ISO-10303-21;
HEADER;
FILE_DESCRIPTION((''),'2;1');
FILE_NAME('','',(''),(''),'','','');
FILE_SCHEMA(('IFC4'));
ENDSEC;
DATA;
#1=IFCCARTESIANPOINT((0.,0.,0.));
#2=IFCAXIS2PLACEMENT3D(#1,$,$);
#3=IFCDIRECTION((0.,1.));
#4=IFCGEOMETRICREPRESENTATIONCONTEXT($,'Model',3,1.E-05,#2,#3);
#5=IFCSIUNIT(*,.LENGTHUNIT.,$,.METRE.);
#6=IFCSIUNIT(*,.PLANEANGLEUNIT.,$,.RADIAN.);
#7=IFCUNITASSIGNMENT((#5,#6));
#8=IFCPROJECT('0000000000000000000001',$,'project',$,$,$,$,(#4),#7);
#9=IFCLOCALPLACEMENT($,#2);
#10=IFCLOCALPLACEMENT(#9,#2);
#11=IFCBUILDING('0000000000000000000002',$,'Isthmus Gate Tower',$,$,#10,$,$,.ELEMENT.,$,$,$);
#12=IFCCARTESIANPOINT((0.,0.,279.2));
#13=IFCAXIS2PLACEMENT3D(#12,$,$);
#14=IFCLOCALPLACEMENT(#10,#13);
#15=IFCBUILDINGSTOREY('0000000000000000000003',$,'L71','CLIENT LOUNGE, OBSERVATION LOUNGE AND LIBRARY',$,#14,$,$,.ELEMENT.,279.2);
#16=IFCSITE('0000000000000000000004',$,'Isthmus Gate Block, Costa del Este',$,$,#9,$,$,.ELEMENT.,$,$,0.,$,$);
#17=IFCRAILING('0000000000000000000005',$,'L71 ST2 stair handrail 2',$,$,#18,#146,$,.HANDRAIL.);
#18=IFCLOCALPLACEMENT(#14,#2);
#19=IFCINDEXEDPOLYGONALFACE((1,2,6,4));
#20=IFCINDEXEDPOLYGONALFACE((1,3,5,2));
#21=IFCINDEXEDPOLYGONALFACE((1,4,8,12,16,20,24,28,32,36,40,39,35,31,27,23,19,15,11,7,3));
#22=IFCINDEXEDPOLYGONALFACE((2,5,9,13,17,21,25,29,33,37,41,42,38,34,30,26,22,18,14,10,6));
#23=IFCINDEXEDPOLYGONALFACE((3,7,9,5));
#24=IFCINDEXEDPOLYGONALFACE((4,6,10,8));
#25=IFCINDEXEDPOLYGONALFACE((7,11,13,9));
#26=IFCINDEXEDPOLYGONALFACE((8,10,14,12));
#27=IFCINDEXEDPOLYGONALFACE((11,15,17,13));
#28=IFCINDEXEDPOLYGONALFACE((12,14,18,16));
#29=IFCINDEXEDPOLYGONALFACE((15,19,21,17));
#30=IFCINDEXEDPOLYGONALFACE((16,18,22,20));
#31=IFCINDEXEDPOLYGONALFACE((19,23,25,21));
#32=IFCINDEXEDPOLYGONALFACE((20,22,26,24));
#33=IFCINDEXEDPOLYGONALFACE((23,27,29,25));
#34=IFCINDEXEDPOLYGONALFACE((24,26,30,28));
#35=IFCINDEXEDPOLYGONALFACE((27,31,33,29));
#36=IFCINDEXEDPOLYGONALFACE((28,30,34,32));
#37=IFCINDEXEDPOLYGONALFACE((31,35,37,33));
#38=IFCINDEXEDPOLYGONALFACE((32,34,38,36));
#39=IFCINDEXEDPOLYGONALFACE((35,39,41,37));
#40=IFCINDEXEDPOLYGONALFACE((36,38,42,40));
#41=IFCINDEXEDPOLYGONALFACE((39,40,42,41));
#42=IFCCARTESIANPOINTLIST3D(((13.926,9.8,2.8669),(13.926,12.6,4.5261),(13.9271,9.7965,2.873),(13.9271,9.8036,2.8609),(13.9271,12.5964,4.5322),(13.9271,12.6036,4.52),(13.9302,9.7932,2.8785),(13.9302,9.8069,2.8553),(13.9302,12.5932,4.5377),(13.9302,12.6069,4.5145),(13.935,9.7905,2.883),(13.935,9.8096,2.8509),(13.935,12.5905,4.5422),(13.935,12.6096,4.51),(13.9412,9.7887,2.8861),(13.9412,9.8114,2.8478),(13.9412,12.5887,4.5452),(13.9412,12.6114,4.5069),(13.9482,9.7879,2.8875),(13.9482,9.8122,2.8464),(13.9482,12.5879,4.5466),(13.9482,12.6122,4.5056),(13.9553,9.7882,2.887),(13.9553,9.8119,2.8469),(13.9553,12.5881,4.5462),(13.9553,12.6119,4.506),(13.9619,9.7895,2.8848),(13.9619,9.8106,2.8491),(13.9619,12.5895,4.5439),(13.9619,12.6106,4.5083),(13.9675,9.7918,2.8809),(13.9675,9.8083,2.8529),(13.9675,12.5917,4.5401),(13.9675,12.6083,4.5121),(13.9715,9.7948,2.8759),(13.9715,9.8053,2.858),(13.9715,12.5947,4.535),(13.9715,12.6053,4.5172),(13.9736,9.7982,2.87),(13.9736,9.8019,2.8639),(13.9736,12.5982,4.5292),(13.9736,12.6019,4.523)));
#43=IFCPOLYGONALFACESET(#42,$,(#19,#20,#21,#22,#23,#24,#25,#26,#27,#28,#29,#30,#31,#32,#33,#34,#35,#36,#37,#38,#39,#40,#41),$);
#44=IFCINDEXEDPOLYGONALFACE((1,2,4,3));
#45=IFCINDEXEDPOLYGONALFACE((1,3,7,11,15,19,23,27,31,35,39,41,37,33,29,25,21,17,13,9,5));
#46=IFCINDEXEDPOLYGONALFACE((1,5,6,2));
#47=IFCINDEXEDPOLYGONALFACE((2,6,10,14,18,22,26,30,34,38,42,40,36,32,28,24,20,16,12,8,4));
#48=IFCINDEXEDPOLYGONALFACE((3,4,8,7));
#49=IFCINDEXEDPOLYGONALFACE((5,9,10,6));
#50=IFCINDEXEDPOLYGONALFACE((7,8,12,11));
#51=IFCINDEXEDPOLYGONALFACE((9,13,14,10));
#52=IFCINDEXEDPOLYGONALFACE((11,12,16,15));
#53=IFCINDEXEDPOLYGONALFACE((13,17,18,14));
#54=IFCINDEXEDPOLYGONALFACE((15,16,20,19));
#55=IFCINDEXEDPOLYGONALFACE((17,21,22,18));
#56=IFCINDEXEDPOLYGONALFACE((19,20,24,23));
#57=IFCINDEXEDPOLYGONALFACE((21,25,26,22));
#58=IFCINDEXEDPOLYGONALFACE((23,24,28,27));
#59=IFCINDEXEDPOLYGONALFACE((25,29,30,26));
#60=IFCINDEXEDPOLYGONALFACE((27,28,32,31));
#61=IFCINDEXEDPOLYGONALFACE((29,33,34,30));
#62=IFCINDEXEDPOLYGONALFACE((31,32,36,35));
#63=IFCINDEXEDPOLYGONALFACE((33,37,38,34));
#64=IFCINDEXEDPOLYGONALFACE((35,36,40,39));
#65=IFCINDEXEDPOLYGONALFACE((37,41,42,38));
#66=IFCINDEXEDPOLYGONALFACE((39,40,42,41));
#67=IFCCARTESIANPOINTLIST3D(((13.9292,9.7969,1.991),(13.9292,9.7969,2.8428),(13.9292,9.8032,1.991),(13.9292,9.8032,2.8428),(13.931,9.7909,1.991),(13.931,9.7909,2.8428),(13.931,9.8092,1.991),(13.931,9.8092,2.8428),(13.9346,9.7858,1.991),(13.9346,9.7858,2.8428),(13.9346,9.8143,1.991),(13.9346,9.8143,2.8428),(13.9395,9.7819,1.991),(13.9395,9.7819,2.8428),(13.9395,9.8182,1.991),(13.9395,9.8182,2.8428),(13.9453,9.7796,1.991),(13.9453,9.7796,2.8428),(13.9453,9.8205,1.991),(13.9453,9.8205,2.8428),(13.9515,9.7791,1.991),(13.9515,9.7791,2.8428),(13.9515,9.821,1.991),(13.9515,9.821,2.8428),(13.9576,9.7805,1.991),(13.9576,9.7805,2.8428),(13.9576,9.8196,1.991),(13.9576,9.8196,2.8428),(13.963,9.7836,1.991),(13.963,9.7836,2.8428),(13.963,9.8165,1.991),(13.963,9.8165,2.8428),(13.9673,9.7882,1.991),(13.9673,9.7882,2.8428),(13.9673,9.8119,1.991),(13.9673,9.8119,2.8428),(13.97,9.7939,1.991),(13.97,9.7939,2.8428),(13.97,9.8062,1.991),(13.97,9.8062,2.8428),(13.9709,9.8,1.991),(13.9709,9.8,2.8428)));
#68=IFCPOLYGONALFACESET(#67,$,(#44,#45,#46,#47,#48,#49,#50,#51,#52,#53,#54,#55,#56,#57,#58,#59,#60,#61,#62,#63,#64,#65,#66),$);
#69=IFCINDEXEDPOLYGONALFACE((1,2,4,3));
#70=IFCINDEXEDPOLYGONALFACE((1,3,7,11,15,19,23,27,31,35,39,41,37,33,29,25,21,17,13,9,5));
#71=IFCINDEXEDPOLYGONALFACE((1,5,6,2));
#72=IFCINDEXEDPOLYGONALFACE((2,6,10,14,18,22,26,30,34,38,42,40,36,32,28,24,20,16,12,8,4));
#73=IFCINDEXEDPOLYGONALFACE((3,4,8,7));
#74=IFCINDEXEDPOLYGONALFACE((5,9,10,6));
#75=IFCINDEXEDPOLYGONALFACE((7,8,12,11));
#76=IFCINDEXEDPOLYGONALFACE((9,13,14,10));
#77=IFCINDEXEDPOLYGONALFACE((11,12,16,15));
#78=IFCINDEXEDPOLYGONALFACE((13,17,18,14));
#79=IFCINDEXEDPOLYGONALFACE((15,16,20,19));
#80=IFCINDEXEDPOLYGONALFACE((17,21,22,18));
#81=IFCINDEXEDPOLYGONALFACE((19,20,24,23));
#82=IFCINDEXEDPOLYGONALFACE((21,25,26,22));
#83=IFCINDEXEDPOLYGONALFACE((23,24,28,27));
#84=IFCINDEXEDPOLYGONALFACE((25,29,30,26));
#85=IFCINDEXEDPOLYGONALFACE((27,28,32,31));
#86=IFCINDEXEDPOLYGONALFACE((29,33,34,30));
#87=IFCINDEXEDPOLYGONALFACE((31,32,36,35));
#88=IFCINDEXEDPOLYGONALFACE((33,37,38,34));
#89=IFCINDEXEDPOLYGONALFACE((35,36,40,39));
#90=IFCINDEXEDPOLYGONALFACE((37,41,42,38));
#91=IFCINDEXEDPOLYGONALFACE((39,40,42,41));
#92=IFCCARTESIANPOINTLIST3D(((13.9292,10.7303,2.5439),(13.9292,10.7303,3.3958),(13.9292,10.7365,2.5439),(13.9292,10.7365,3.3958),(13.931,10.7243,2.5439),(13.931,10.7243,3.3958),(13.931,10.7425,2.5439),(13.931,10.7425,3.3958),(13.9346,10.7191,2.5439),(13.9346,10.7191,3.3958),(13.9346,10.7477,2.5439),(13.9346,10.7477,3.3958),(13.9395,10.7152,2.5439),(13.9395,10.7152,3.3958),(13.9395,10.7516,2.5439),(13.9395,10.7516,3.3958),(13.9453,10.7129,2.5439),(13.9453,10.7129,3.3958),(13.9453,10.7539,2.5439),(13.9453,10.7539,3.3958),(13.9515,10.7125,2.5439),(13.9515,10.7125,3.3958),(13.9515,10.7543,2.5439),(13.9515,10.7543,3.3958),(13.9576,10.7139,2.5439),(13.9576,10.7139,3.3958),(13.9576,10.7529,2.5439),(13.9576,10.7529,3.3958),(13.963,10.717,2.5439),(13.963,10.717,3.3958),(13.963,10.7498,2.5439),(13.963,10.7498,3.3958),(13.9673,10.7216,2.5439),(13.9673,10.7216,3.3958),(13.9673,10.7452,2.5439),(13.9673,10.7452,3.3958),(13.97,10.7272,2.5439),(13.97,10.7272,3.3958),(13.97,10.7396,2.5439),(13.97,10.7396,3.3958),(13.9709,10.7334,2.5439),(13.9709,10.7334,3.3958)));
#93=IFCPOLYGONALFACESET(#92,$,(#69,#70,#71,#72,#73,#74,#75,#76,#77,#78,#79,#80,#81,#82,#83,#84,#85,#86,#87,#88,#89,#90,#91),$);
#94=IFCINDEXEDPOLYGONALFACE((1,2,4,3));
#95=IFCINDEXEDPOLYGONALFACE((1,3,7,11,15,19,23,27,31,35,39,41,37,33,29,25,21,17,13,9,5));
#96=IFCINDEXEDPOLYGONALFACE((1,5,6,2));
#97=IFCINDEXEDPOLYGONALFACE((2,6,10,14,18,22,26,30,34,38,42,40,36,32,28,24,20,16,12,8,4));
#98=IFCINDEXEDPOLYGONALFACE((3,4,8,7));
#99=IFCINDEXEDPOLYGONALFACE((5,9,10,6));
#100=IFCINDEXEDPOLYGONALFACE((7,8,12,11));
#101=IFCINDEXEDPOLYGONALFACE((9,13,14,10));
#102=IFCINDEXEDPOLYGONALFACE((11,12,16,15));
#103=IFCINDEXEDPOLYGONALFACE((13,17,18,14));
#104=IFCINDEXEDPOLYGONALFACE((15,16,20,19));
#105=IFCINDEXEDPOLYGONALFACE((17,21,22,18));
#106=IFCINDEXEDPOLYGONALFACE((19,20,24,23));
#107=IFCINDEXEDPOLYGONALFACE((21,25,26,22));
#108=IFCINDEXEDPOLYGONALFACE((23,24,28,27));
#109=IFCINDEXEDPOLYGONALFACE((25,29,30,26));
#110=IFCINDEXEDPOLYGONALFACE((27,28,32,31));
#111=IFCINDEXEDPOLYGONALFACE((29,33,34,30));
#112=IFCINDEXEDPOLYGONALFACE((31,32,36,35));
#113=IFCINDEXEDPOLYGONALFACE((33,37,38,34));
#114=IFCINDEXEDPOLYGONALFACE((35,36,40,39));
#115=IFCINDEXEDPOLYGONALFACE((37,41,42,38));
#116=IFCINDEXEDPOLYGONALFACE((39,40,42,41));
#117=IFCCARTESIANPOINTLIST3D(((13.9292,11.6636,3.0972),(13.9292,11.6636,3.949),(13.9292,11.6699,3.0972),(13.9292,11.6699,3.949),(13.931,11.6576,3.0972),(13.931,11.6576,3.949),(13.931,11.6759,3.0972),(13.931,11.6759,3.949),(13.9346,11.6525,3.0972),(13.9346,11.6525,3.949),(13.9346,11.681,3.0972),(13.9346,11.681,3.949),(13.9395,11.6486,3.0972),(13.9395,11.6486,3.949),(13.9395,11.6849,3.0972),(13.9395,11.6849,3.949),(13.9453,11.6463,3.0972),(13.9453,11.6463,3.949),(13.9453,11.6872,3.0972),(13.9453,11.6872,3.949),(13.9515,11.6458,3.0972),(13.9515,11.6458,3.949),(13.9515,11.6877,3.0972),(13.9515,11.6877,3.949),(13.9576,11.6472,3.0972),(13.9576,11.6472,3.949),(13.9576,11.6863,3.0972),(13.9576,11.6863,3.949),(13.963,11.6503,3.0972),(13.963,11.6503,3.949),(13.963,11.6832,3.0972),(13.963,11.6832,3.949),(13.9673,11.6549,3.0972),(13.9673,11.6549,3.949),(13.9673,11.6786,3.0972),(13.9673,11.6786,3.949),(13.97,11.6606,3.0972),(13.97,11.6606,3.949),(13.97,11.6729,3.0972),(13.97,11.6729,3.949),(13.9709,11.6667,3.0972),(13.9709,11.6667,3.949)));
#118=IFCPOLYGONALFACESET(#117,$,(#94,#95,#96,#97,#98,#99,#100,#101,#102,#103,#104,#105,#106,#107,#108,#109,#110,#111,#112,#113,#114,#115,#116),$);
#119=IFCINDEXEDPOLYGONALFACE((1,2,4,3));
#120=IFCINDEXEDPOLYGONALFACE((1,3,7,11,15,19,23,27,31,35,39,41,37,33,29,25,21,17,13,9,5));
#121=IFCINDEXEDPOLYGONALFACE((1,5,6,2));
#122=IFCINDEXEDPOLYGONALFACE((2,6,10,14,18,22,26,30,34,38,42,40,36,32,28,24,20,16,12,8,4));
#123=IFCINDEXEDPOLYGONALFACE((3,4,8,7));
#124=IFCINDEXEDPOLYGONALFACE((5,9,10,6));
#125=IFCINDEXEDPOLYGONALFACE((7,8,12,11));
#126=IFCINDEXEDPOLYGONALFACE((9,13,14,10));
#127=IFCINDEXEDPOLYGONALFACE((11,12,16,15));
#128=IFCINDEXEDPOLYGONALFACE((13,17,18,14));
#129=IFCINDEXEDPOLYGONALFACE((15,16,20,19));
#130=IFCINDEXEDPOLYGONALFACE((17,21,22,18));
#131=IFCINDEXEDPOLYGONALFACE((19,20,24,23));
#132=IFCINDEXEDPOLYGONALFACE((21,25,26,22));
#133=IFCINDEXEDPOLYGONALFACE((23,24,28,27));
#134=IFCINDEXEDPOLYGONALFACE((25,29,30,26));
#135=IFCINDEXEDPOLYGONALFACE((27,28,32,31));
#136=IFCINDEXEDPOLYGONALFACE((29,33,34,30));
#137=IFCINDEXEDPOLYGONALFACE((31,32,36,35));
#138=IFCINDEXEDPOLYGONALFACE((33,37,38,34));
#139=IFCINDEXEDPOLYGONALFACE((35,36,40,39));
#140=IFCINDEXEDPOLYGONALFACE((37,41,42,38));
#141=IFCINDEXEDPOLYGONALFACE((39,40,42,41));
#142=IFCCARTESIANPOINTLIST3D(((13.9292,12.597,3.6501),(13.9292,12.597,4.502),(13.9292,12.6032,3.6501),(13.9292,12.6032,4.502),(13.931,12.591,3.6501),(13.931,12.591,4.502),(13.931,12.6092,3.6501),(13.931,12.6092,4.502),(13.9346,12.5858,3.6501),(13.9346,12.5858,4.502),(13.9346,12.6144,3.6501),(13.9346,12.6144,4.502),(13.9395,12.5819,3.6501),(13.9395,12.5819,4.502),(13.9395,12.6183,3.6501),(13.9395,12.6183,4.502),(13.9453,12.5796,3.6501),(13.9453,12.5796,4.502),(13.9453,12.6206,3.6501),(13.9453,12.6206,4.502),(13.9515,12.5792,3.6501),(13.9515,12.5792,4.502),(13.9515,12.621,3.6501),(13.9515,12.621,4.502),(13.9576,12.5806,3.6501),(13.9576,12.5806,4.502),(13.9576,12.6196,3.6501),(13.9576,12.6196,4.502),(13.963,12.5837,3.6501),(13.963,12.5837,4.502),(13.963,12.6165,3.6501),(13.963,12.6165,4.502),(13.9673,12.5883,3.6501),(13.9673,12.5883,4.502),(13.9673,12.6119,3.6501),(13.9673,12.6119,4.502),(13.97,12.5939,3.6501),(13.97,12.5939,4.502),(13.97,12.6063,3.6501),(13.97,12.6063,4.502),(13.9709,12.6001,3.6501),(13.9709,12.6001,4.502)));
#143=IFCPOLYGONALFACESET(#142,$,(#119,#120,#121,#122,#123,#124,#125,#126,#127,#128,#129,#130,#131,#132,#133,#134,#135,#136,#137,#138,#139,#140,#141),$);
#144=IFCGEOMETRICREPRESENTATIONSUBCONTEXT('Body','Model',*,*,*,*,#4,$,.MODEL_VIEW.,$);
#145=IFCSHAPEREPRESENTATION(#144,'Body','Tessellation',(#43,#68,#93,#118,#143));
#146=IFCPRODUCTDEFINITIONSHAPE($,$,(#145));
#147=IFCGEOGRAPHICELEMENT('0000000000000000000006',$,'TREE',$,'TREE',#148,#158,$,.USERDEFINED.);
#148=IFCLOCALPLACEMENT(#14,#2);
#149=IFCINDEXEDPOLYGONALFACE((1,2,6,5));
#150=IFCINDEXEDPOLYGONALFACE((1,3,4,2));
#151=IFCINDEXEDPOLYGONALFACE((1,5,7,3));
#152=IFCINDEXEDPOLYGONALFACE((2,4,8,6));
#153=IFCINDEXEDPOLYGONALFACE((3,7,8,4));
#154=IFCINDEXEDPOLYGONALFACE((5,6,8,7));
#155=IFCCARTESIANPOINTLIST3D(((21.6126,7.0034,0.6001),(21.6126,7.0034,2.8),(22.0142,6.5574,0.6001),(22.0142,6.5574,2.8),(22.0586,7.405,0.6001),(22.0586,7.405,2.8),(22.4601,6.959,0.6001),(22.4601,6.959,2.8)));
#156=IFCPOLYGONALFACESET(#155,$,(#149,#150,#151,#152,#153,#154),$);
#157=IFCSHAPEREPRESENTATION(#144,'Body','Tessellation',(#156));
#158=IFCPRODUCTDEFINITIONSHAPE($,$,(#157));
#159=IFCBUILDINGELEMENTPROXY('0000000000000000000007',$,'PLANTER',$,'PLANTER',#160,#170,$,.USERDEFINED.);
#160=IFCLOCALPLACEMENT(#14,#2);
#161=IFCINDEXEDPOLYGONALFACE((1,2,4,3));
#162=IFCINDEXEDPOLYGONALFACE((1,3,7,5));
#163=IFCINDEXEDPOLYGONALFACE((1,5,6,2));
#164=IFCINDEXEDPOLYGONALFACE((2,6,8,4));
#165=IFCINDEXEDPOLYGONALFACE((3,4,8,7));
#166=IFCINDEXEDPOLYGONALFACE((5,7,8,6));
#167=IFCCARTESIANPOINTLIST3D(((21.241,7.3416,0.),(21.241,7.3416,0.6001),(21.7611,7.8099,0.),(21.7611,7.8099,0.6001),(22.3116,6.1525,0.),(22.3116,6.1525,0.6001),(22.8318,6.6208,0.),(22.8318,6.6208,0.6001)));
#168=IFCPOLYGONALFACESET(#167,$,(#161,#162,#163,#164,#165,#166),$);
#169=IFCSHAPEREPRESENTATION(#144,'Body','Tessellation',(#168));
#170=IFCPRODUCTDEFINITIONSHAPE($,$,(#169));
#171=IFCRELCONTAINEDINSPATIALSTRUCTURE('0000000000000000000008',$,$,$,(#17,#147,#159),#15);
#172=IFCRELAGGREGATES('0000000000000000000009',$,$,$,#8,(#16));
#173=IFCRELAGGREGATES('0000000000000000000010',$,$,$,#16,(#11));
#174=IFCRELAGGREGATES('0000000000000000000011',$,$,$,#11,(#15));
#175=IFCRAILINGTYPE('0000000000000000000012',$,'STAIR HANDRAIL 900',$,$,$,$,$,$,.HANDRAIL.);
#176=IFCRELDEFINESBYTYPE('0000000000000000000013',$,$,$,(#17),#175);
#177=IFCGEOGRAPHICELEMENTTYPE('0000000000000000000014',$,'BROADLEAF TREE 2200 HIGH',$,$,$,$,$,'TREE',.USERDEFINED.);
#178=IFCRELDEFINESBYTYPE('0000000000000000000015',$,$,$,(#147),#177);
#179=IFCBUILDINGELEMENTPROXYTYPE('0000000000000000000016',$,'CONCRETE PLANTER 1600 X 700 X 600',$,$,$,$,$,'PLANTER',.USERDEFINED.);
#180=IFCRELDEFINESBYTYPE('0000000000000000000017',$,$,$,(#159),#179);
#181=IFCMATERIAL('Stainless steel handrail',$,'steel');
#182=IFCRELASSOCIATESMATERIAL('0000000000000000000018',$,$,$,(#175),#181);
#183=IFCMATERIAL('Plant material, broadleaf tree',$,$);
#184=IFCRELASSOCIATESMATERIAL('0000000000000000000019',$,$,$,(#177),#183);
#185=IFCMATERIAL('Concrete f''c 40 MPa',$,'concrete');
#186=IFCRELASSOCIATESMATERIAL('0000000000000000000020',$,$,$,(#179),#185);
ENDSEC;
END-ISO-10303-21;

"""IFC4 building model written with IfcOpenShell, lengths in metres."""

from ifc_helpers import new_model, si_unit, direction, frame, origin, origin_2d, place, context, subcontext, project, spatial, rectangle, circle, extrude, material, type_object, element, save


model = new_model("IFC4")

# Units and contexts
model_context = context("Model", 3, precision=1e-05, world=origin(), true_north=direction((0.0, 1.0)))
body_context = subcontext(model_context, "Body", "Model", "MODEL_VIEW")
ifc_project = project(units=[si_unit("LENGTHUNIT", "METRE"), si_unit("PLANEANGLEUNIT", "RADIAN")], contexts=[model_context])

# Site, building, storey
site_placement = place(None, origin())
site = spatial("IfcSite", under=ifc_project, at=site_placement, Name="Isthmus Gate Block, Costa del Este", CompositionType="ELEMENT", RefElevation=0.0)
building_placement = place(site_placement, origin())
building = spatial("IfcBuilding", under=site, at=building_placement, Name="Isthmus Gate Tower", CompositionType="ELEMENT")
storey_placement = place(building_placement, frame((0.0, 0.0, 279.2)))
storey = spatial("IfcBuildingStorey", under=building, at=storey_placement, Name="L71", Description="CLIENT LOUNGE, OBSERVATION LOUNGE AND LIBRARY", CompositionType="ELEMENT", Elevation=279.2)

# Railing
ifc_material_1 = material(Name="Stainless steel handrail", Category="steel")
railing_type_1 = type_object("IfcRailingType", Name="STAIR HANDRAIL 900", PredefinedType="HANDRAIL", material=ifc_material_1)
railing_1_placement = place(storey_placement, frame((13.95, 9.8, 1.991)))
element("IfcRailing", 1, at=railing_1_placement, inside=storey, type_object=railing_type_1, Name="L71 ST2 stair handrail 2", PredefinedType="HANDRAIL", context=body_context, shape_type="SweptSolid", body=[
    extrude(circle(Radius=0.0239, at=origin_2d()), frame((0.0, 0.0, 0.876), z_axis=(0.0, 0.860306, 0.509778), x_axis=(-1.0, 0.0, 0.0)), (0.0, 0.0, 1.0), 3.2546),
    extrude(circle(Radius=0.021, at=origin_2d()), origin(), (0.0, 0.0, 1.0), 0.8518),
    extrude(circle(Radius=0.021, at=origin_2d()), frame((0.0, 0.9333, 0.553)), (0.0, 0.0, 1.0), 0.8518),
    extrude(circle(Radius=0.021, at=origin_2d()), frame((0.0, 1.8667, 1.1062)), (0.0, 0.0, 1.0), 0.8518),
    extrude(circle(Radius=0.021, at=origin_2d()), frame((0.0, 2.8, 1.6592)), (0.0, 0.0, 1.0), 0.8518),
])

# Geographic element
ifc_material_2 = material(Name="Plant material, broadleaf tree")
geographic_element_type = type_object("IfcGeographicElementType", Name="BROADLEAF TREE 2200 HIGH", ElementType="TREE", PredefinedType="USERDEFINED", material=ifc_material_2)
geographic_element_placement = place(storey_placement, frame((22.0364, 6.9812, 0.6001), z_axis=(0.0, 0.0, 1.0), x_axis=(-0.669131, 0.743145, 0.0)))
element("IfcGeographicElement", 2, at=geographic_element_placement, inside=storey, type_object=geographic_element_type, Name="TREE", ObjectType="TREE", PredefinedType="USERDEFINED", context=body_context, shape_type="SweptSolid", body=[
    extrude(rectangle(XDim=0.6001, YDim=0.6001, at=origin_2d()), origin(), (0.0, 0.0, 1.0), 2.2),
])

# Building element proxy
ifc_material_3 = material(Name="Concrete f'c 40 MPa", Category="concrete")
building_element_proxy_type = type_object("IfcBuildingElementProxyType", Name="CONCRETE PLANTER 1600 X 700 X 600", ElementType="PLANTER", PredefinedType="USERDEFINED", material=ifc_material_3)
proxy_placement = place(storey_placement, frame((22.0364, 6.9812, 0.0), z_axis=(0.0, 0.0, 1.0), x_axis=(-0.669131, 0.743145, 0.0)))
element("IfcBuildingElementProxy", 3, at=proxy_placement, inside=storey, type_object=building_element_proxy_type, Name="PLANTER", ObjectType="PLANTER", PredefinedType="USERDEFINED", context=body_context, shape_type="SweptSolid", body=[
    extrude(rectangle(XDim=1.6001, YDim=0.7, at=origin_2d()), origin(), (0.0, 0.0, 1.0), 0.6001),
])

save(model, "model.ifc")
